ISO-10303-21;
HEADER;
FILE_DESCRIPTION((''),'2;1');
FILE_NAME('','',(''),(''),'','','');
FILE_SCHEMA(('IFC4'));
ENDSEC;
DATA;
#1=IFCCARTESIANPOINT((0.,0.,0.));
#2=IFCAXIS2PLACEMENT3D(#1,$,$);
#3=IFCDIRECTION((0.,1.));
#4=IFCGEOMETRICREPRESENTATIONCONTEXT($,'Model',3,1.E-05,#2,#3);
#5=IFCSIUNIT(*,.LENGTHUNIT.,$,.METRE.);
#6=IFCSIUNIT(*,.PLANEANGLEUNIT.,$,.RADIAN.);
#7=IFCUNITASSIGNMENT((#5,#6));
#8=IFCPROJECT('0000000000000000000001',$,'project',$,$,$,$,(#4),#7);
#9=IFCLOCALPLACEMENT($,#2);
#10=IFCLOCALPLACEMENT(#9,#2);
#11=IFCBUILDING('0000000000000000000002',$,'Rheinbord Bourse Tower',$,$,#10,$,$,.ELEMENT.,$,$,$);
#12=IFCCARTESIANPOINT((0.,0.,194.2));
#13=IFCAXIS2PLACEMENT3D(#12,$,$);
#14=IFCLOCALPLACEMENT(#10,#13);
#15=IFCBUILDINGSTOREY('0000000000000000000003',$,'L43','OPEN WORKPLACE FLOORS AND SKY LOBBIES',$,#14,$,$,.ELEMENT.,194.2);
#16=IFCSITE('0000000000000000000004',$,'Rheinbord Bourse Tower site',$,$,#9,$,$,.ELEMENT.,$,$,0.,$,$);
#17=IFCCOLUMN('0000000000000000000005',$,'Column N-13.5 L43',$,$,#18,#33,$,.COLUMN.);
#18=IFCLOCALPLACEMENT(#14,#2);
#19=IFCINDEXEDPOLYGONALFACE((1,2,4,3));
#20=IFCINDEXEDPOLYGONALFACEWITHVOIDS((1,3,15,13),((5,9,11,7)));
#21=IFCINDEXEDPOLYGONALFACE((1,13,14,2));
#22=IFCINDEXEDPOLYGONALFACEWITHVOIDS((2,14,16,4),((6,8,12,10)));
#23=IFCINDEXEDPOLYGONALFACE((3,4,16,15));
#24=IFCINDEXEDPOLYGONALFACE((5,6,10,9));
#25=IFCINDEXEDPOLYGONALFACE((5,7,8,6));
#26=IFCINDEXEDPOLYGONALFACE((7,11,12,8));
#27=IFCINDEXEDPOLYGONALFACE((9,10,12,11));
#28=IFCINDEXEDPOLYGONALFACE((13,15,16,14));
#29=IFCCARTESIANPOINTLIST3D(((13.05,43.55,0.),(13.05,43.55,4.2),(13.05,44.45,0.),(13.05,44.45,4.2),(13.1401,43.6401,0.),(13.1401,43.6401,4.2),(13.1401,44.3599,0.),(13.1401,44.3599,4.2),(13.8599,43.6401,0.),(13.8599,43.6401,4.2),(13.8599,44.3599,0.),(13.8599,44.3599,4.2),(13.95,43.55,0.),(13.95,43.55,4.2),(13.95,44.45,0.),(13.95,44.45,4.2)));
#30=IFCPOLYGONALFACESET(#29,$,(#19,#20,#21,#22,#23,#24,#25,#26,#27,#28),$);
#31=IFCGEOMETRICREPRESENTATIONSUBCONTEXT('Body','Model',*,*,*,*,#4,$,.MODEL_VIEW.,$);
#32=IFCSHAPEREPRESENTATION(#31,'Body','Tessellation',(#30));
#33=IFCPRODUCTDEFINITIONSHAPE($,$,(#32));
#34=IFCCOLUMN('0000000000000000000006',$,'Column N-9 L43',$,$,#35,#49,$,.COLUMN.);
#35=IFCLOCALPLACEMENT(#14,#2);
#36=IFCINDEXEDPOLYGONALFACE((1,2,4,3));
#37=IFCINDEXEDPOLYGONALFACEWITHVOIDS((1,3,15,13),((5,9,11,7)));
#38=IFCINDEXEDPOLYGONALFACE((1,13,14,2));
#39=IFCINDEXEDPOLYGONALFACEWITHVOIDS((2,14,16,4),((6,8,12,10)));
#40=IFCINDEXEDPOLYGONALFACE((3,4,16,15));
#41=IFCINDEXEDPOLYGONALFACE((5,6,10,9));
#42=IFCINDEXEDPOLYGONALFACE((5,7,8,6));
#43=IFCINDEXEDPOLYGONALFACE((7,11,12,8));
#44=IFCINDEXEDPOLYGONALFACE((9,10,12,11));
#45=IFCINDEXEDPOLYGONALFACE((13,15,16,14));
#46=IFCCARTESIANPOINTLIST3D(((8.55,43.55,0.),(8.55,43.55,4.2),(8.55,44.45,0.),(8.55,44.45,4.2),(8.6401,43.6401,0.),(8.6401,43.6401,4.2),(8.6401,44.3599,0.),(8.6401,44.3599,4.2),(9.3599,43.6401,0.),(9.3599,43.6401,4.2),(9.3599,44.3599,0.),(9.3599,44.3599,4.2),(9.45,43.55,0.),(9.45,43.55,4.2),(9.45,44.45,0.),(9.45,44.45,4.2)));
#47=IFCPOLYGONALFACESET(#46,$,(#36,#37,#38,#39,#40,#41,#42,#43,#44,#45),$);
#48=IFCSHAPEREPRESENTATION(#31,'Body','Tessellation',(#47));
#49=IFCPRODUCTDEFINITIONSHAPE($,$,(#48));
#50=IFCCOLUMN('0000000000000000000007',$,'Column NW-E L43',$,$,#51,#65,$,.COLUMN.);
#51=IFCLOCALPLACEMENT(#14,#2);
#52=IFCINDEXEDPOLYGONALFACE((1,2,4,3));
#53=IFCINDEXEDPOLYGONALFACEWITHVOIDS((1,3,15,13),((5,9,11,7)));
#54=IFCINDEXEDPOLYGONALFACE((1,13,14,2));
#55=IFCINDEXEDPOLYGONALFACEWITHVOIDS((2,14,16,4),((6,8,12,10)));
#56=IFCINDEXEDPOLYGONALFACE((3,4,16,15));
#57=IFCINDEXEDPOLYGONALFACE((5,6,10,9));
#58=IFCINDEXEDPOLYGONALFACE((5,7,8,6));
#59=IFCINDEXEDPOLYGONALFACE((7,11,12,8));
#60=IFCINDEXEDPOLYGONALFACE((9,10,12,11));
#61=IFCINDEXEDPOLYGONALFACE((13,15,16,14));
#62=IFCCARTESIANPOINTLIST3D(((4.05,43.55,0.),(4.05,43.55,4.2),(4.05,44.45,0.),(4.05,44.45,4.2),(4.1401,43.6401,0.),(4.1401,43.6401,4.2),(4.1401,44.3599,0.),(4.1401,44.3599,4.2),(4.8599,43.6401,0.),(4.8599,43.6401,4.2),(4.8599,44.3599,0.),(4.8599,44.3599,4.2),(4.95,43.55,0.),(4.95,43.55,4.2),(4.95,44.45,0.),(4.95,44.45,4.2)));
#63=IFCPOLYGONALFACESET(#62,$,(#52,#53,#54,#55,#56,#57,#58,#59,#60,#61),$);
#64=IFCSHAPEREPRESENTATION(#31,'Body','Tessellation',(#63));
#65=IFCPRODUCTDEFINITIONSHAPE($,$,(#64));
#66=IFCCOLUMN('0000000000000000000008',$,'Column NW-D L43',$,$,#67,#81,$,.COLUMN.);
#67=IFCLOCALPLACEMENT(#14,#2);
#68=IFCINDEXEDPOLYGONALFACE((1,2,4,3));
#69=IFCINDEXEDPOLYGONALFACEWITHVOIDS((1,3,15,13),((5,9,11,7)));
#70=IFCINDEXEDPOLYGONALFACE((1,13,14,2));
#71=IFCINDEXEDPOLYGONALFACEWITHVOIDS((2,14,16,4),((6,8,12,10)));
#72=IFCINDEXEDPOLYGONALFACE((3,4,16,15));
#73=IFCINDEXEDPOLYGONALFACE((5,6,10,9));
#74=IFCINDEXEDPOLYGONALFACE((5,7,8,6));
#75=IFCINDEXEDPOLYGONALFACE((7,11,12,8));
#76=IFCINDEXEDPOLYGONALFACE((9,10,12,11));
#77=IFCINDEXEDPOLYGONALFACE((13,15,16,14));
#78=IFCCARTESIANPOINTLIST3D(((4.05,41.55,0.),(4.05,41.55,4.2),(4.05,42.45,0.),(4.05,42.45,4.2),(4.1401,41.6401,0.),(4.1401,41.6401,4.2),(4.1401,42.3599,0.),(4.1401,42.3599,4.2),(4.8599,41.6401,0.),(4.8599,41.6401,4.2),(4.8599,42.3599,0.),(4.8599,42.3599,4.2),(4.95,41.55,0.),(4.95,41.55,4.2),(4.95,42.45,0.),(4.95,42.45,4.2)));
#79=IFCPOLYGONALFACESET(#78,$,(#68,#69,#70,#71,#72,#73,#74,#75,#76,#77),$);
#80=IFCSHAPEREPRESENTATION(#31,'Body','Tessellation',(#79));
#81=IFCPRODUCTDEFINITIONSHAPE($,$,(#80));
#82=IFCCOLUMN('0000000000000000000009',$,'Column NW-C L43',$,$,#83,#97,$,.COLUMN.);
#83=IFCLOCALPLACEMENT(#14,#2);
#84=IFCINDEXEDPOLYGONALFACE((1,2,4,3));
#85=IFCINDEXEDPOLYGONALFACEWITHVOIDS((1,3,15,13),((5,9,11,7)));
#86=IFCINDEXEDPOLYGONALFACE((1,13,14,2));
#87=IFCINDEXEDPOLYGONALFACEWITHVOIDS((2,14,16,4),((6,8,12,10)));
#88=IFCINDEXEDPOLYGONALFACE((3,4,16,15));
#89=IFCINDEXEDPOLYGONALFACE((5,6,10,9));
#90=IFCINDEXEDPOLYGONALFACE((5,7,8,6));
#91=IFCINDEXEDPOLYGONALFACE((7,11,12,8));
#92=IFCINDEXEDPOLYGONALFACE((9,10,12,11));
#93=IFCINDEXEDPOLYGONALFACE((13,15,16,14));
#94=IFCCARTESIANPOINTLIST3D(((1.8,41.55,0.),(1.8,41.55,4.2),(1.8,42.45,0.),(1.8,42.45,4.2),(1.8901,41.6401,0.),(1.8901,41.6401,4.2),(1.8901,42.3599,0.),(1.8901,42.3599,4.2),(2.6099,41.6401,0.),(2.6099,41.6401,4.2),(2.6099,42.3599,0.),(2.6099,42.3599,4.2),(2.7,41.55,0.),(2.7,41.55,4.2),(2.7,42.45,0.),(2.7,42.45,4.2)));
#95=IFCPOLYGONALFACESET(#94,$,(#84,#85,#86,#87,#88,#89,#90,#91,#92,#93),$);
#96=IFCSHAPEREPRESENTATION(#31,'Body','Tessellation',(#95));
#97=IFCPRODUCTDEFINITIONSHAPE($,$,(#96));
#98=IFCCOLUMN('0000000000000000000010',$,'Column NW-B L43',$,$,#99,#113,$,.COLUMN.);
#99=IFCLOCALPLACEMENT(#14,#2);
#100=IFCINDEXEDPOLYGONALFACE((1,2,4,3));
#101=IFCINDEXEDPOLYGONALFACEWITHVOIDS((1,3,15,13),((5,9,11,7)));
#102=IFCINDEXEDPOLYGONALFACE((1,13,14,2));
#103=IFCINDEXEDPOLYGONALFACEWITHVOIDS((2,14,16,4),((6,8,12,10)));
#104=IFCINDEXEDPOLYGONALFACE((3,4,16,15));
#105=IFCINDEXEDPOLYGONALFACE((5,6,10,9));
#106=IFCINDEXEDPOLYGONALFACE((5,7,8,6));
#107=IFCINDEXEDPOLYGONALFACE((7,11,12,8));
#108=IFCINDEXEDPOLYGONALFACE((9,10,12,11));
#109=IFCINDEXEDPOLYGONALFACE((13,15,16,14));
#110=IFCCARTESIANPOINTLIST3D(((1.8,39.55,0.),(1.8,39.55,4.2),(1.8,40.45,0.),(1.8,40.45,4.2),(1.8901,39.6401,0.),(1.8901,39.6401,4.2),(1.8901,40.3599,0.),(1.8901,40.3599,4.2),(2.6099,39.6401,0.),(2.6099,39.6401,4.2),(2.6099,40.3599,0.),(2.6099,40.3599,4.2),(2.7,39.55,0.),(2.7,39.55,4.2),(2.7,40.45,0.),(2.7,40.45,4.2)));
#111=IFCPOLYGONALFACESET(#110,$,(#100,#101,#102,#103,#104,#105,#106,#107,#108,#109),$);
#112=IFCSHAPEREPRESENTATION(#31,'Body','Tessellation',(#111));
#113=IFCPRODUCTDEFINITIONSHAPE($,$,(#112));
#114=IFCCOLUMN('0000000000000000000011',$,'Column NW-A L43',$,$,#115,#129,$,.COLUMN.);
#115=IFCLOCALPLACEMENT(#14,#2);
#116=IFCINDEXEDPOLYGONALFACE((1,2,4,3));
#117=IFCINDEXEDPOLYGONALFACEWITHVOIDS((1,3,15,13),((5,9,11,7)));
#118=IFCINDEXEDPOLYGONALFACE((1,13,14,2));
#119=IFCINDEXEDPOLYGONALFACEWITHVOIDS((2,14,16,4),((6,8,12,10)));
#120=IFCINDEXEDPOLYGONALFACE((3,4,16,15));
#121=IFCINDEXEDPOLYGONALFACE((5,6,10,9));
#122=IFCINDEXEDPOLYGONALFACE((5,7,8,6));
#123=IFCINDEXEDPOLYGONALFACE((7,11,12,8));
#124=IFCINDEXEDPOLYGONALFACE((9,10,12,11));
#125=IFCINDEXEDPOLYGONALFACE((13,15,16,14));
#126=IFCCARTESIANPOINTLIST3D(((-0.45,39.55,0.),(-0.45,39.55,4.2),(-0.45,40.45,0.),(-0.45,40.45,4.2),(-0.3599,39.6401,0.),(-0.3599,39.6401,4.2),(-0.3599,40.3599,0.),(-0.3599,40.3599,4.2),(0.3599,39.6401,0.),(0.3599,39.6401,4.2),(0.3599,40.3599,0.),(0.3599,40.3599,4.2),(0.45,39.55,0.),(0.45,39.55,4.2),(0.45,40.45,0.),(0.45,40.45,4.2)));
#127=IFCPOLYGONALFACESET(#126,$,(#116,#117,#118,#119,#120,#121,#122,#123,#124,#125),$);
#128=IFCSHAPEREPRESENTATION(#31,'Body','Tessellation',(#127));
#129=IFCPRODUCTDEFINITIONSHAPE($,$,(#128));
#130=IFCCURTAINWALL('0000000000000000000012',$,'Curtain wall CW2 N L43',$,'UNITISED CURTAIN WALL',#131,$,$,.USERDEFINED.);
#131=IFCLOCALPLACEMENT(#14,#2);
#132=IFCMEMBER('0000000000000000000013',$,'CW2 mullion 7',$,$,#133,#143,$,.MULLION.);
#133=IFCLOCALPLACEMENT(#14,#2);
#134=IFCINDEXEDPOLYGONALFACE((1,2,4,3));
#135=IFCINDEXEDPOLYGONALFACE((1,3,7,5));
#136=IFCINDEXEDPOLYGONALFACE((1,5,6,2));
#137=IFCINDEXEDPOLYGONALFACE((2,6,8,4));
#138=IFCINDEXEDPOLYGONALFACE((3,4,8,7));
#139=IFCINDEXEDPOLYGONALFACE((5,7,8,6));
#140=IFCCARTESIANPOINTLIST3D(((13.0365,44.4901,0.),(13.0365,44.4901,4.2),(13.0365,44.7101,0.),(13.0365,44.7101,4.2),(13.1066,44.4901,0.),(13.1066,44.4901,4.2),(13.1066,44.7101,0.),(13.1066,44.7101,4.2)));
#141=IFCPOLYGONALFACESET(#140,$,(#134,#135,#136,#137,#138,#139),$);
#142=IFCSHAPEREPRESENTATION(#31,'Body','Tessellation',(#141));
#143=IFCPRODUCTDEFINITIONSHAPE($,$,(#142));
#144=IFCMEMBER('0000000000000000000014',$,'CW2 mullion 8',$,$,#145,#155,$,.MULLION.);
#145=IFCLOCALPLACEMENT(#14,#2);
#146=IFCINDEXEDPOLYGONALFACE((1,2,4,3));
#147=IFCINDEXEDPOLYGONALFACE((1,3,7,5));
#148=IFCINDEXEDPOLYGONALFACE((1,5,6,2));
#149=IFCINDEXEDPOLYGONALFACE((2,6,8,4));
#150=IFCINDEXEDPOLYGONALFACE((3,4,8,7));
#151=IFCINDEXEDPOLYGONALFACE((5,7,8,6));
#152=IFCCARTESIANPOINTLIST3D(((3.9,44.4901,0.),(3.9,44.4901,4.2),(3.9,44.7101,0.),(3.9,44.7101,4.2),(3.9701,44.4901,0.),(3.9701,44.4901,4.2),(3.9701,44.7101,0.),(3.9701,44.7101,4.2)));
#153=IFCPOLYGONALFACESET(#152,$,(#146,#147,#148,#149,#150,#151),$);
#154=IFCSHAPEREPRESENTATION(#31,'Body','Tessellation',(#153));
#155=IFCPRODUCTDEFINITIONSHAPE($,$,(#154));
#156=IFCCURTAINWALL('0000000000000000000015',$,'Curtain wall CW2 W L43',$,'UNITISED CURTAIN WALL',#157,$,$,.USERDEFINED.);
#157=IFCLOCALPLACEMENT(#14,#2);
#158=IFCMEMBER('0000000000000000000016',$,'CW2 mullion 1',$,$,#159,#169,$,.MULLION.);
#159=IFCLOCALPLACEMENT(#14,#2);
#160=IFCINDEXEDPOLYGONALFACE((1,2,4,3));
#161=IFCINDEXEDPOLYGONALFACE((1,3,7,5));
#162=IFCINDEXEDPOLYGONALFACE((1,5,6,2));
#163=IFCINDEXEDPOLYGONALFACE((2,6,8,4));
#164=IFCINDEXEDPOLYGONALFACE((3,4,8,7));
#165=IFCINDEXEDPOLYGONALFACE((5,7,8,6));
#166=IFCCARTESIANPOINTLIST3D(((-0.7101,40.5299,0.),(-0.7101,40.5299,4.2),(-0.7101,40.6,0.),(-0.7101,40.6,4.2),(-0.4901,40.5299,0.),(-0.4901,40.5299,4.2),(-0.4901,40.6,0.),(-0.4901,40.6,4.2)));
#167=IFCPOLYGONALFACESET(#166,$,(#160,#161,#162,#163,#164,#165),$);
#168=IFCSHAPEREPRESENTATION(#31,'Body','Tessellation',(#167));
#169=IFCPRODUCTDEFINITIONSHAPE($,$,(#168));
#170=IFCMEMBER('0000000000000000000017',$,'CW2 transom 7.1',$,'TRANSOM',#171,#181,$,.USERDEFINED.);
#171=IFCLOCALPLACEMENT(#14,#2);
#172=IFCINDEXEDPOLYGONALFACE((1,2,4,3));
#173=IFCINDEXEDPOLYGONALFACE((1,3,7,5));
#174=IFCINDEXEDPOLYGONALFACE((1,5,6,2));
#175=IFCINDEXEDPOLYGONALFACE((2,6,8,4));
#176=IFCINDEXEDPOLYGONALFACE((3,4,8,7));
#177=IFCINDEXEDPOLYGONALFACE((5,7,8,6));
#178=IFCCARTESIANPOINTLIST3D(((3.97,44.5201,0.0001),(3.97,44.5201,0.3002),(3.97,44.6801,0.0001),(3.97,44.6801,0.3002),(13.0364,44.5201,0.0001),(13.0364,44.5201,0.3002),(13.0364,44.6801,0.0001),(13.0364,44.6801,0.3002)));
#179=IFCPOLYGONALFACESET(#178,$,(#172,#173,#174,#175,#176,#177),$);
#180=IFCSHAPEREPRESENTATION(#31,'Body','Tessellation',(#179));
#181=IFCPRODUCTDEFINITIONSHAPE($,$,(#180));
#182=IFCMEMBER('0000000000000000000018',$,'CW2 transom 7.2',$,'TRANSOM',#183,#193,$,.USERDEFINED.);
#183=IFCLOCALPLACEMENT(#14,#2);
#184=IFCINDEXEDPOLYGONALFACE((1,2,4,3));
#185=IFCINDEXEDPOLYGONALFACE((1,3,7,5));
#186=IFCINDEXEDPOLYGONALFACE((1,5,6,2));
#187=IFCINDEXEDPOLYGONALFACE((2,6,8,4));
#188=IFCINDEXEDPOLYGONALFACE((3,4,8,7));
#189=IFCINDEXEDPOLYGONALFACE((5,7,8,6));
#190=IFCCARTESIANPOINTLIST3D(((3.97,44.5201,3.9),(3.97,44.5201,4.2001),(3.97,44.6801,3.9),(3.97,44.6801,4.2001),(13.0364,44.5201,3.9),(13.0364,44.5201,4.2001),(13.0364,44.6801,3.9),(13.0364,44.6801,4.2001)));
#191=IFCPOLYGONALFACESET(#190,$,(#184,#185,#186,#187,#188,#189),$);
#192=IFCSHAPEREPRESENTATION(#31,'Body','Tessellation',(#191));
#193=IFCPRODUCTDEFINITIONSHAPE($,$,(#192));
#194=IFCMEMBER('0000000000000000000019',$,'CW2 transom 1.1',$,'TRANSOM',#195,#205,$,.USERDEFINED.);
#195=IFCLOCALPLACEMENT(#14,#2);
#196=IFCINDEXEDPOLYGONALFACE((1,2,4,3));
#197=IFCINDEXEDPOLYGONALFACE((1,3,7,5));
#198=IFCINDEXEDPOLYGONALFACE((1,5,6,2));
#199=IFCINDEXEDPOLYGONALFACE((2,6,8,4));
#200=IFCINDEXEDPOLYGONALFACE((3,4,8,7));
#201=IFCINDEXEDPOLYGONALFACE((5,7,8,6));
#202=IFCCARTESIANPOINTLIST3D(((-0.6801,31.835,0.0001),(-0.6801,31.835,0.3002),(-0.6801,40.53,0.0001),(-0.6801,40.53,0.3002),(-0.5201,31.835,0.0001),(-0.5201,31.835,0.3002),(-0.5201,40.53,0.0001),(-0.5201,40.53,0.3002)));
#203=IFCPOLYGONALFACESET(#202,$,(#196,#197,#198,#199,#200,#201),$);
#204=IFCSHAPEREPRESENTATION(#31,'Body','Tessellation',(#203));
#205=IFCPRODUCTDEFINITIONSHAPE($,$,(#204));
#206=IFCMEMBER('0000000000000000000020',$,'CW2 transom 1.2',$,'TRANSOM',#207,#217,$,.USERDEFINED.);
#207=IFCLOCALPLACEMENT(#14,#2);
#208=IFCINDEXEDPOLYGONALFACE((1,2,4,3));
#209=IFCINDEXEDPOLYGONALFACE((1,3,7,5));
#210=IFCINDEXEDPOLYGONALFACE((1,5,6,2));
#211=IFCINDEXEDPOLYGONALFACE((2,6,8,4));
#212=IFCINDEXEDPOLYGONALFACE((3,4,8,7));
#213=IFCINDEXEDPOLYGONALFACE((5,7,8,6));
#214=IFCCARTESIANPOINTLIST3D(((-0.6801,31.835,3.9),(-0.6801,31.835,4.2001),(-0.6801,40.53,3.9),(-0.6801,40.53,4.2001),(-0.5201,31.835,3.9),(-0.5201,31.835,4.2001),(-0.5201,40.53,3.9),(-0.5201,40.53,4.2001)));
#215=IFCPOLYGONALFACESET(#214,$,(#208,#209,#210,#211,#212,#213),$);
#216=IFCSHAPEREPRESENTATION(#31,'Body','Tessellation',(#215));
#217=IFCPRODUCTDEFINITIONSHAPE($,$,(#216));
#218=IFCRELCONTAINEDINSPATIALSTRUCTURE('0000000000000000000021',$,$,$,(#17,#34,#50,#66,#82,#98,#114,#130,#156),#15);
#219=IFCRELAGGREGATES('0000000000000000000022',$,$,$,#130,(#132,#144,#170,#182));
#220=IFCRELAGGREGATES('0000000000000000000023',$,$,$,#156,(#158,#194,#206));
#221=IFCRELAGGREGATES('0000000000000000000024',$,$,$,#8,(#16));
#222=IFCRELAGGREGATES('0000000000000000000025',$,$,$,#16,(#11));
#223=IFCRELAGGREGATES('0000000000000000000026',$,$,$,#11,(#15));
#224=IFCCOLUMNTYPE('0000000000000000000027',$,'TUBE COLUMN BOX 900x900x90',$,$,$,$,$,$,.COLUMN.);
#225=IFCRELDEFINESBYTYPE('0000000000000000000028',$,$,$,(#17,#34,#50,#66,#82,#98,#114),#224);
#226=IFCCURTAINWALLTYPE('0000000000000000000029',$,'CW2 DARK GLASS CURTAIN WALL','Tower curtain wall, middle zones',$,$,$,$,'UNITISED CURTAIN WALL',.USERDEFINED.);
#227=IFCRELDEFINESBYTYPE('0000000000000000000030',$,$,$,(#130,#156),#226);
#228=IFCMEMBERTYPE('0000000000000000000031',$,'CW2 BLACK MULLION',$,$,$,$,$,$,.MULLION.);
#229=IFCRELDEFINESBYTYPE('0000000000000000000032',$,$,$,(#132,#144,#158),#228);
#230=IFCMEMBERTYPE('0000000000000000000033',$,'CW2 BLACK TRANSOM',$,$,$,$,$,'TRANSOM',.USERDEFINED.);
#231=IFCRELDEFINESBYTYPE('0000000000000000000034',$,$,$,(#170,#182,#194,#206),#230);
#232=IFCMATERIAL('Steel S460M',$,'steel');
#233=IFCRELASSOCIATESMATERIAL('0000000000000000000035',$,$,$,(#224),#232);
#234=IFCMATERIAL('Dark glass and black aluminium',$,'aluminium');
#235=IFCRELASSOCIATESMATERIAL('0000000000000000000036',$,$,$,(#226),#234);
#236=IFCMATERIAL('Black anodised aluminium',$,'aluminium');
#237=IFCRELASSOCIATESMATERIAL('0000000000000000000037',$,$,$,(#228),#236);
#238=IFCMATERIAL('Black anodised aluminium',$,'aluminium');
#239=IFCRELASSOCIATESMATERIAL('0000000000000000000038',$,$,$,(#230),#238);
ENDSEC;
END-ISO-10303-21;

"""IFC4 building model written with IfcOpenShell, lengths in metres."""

from ifc_helpers import new_model, si_unit, direction, frame, origin, origin_2d, place, context, subcontext, project, spatial, rectangle, hollow_rectangle, extrude, material, material_profile, profile_set, type_object, element, aggregate, save


model = new_model("IFC4")

# Units and contexts
model_context = context("Model", 3, precision=1e-05, world=origin(), true_north=direction((0.0, 1.0)))
body_context = subcontext(model_context, "Body", "Model", "MODEL_VIEW")
ifc_project = project(units=[si_unit("LENGTHUNIT", "METRE"), si_unit("PLANEANGLEUNIT", "RADIAN")], contexts=[model_context])

# Site, building, storey
site_placement = place(None, origin())
site = spatial("IfcSite", under=ifc_project, at=site_placement, Name="Rheinbord Bourse Tower site", CompositionType="ELEMENT", RefElevation=0.0)
building_placement = place(site_placement, origin())
building = spatial("IfcBuilding", under=site, at=building_placement, Name="Rheinbord Bourse Tower", CompositionType="ELEMENT")
storey_placement = place(building_placement, frame((0.0, 0.0, 194.2)))
storey = spatial("IfcBuildingStorey", under=building, at=storey_placement, Name="L43", Description="OPEN WORKPLACE FLOORS AND SKY LOBBIES", CompositionType="ELEMENT", Elevation=194.2)

# Columns
ifc_material_1 = material(Name="Steel S460M", Category="steel")
ifc_material_profile_1 = material_profile(ifc_material_1, hollow_rectangle(XDim=0.8999, YDim=0.8999, WallThickness=0.0901, at=origin_2d()), Name="BOX 900x900x90")
ifc_profile_set_1 = profile_set([ifc_material_profile_1], Name="Steel S460M")
column_type = type_object("IfcColumnType", Name="TUBE COLUMN BOX 900x900x90", PredefinedType="COLUMN", material=ifc_profile_set_1)
for number, where, z_axis, x_axis, name in (
    (1, (13.5, 44.0, 0.0), (0.0, 0.0, 1.0), (0.0, 1.0, 0.0), "Column N-13.5 L43"),
    (2, (9.0, 44.0, 0.0), (0.0, 0.0, 1.0), (0.0, 1.0, 0.0), "Column N-9 L43"),
    (3, (4.5, 44.0, 0.0), (0.0, 0.0, 1.0), (0.0, 1.0, 0.0), "Column NW-E L43"),
    (4, (4.5, 42.0, 0.0), (0.0, 0.0, 1.0), (0.0, 1.0, 0.0), "Column NW-D L43"),
    (5, (2.25, 42.0, 0.0), (0.0, 0.0, 1.0), (1.0, 0.0, 0.0), "Column NW-C L43"),
    (6, (2.25, 40.0, 0.0), (0.0, 0.0, 1.0), (1.0, 0.0, 0.0), "Column NW-B L43"),
    (7, (0.0, 40.0, 0.0), (0.0, 0.0, 1.0), (1.0, 0.0, 0.0), "Column NW-A L43"),
):
    element("IfcColumn", number, at=place(storey_placement, frame(where, z_axis=z_axis, x_axis=x_axis)), inside=storey, type_object=column_type, Name=name, PredefinedType="COLUMN", context=body_context, shape_type="SweptSolid", body=[
        extrude(hollow_rectangle(XDim=0.8999, YDim=0.8999, WallThickness=0.0901, at=origin_2d()), origin(), (0.0, 0.0, 1.0), 4.2),
    ])

# Curtain wall, members
ifc_material_2 = material(Name="Dark glass and black aluminium", Category="aluminium")
curtain_wall_type = type_object("IfcCurtainWallType", Name="CW2 DARK GLASS CURTAIN WALL", Description="Tower curtain wall, middle zones", ElementType="UNITISED CURTAIN WALL", PredefinedType="USERDEFINED", material=ifc_material_2)
curtain_wall_1_placement = place(storey_placement, origin())
curtain_wall_1 = element("IfcCurtainWall", 8, at=curtain_wall_1_placement, inside=storey, type_object=curtain_wall_type, Name="Curtain wall CW2 N L43", ObjectType="UNITISED CURTAIN WALL", PredefinedType="USERDEFINED")
ifc_material_3 = material(Name="Black anodised aluminium", Category="aluminium")
ifc_material_profile_2 = material_profile(ifc_material_3, rectangle(XDim=0.22, YDim=0.0701, at=origin_2d()), Name="CW2 MULLION 70x220")
ifc_profile_set_2 = profile_set([ifc_material_profile_2], Name="Black anodised aluminium")
member_type_1 = type_object("IfcMemberType", Name="CW2 BLACK MULLION", PredefinedType="MULLION", material=ifc_profile_set_2)
member_1_placement = place(storey_placement, frame((13.0715, 44.6001, 0.0), z_axis=(0.0, 0.0, 1.0), x_axis=(0.0, -1.0, 0.0)))
member_1 = element("IfcMember", 9, at=member_1_placement, type_object=member_type_1, Name="CW2 mullion 7", PredefinedType="MULLION", context=body_context, shape_type="SweptSolid", body=[
    extrude(rectangle(XDim=0.22, YDim=0.0701, at=origin_2d()), origin(), (0.0, 0.0, 1.0), 4.2),
])
member_2_placement = place(storey_placement, frame((3.9351, 44.6001, 0.0), z_axis=(0.0, 0.0, 1.0), x_axis=(0.0, -1.0, 0.0)))
member_2 = element("IfcMember", 10, at=member_2_placement, type_object=member_type_1, Name="CW2 mullion 8", PredefinedType="MULLION", context=body_context, shape_type="SweptSolid", body=[
    extrude(rectangle(XDim=0.22, YDim=0.0701, at=origin_2d()), origin(), (0.0, 0.0, 1.0), 4.2),
])

# Curtain wall, member
curtain_wall_2_placement = place(storey_placement, origin())
curtain_wall_2 = element("IfcCurtainWall", 11, at=curtain_wall_2_placement, inside=storey, type_object=curtain_wall_type, Name="Curtain wall CW2 W L43", ObjectType="UNITISED CURTAIN WALL", PredefinedType="USERDEFINED")
member_3_placement = place(storey_placement, frame((-0.6001, 40.5649, 0.0), z_axis=(0.0, 0.0, 1.0), x_axis=(1.0, 0.0, 0.0)))
member_3 = element("IfcMember", 12, at=member_3_placement, type_object=member_type_1, Name="CW2 mullion 1", PredefinedType="MULLION", context=body_context, shape_type="SweptSolid", body=[
    extrude(rectangle(XDim=0.22, YDim=0.0701, at=origin_2d()), origin(), (0.0, 0.0, 1.0), 4.2),
])

# Members
ifc_material_4 = material(Name="Black anodised aluminium", Category="aluminium")
ifc_material_profile_3 = material_profile(ifc_material_4, rectangle(XDim=0.1599, YDim=0.3, at=origin_2d()), Name="CW2 TRANSOM 300x160")
ifc_profile_set_3 = profile_set([ifc_material_profile_3], Name="Black anodised aluminium")
member_type_2 = type_object("IfcMemberType", Name="CW2 BLACK TRANSOM", ElementType="TRANSOM", PredefinedType="USERDEFINED", material=ifc_profile_set_3)
member_4_placement = place(storey_placement, frame((13.0364, 44.6001, 0.1501), z_axis=(-1.0, 0.0, 0.0), x_axis=(0.0, -1.0, 0.0)))
member_4 = element("IfcMember", 13, at=member_4_placement, type_object=member_type_2, Name="CW2 transom 7.1", ObjectType="TRANSOM", PredefinedType="USERDEFINED", context=body_context, shape_type="SweptSolid", body=[
    extrude(rectangle(XDim=0.1599, YDim=0.3, at=origin_2d()), origin(), (0.0, 0.0, 1.0), 9.0664),
])
member_5_placement = place(storey_placement, frame((13.0364, 44.6001, 4.05), z_axis=(-1.0, 0.0, 0.0), x_axis=(0.0, -1.0, 0.0)))
member_5 = element("IfcMember", 14, at=member_5_placement, type_object=member_type_2, Name="CW2 transom 7.2", ObjectType="TRANSOM", PredefinedType="USERDEFINED", context=body_context, shape_type="SweptSolid", body=[
    extrude(rectangle(XDim=0.1599, YDim=0.3, at=origin_2d()), origin(), (0.0, 0.0, 1.0), 9.0664),
])
member_6_placement = place(storey_placement, frame((-0.6001, 40.53, 0.1501), z_axis=(0.0, -1.0, 0.0), x_axis=(1.0, 0.0, 0.0)))
member_6 = element("IfcMember", 15, at=member_6_placement, type_object=member_type_2, Name="CW2 transom 1.1", ObjectType="TRANSOM", PredefinedType="USERDEFINED", context=body_context, shape_type="SweptSolid", body=[
    extrude(rectangle(XDim=0.1599, YDim=0.3, at=origin_2d()), origin(), (0.0, 0.0, 1.0), 8.6951),
])
member_7_placement = place(storey_placement, frame((-0.6001, 40.53, 4.05), z_axis=(0.0, -1.0, 0.0), x_axis=(1.0, 0.0, 0.0)))
member_7 = element("IfcMember", 16, at=member_7_placement, type_object=member_type_2, Name="CW2 transom 1.2", ObjectType="TRANSOM", PredefinedType="USERDEFINED", context=body_context, shape_type="SweptSolid", body=[
    extrude(rectangle(XDim=0.1599, YDim=0.3, at=origin_2d()), origin(), (0.0, 0.0, 1.0), 8.6951),
])

aggregate(curtain_wall_1, [member_1, member_2, member_4, member_5])
aggregate(curtain_wall_2, [member_3, member_6, member_7])

save(model, "model.ifc")
